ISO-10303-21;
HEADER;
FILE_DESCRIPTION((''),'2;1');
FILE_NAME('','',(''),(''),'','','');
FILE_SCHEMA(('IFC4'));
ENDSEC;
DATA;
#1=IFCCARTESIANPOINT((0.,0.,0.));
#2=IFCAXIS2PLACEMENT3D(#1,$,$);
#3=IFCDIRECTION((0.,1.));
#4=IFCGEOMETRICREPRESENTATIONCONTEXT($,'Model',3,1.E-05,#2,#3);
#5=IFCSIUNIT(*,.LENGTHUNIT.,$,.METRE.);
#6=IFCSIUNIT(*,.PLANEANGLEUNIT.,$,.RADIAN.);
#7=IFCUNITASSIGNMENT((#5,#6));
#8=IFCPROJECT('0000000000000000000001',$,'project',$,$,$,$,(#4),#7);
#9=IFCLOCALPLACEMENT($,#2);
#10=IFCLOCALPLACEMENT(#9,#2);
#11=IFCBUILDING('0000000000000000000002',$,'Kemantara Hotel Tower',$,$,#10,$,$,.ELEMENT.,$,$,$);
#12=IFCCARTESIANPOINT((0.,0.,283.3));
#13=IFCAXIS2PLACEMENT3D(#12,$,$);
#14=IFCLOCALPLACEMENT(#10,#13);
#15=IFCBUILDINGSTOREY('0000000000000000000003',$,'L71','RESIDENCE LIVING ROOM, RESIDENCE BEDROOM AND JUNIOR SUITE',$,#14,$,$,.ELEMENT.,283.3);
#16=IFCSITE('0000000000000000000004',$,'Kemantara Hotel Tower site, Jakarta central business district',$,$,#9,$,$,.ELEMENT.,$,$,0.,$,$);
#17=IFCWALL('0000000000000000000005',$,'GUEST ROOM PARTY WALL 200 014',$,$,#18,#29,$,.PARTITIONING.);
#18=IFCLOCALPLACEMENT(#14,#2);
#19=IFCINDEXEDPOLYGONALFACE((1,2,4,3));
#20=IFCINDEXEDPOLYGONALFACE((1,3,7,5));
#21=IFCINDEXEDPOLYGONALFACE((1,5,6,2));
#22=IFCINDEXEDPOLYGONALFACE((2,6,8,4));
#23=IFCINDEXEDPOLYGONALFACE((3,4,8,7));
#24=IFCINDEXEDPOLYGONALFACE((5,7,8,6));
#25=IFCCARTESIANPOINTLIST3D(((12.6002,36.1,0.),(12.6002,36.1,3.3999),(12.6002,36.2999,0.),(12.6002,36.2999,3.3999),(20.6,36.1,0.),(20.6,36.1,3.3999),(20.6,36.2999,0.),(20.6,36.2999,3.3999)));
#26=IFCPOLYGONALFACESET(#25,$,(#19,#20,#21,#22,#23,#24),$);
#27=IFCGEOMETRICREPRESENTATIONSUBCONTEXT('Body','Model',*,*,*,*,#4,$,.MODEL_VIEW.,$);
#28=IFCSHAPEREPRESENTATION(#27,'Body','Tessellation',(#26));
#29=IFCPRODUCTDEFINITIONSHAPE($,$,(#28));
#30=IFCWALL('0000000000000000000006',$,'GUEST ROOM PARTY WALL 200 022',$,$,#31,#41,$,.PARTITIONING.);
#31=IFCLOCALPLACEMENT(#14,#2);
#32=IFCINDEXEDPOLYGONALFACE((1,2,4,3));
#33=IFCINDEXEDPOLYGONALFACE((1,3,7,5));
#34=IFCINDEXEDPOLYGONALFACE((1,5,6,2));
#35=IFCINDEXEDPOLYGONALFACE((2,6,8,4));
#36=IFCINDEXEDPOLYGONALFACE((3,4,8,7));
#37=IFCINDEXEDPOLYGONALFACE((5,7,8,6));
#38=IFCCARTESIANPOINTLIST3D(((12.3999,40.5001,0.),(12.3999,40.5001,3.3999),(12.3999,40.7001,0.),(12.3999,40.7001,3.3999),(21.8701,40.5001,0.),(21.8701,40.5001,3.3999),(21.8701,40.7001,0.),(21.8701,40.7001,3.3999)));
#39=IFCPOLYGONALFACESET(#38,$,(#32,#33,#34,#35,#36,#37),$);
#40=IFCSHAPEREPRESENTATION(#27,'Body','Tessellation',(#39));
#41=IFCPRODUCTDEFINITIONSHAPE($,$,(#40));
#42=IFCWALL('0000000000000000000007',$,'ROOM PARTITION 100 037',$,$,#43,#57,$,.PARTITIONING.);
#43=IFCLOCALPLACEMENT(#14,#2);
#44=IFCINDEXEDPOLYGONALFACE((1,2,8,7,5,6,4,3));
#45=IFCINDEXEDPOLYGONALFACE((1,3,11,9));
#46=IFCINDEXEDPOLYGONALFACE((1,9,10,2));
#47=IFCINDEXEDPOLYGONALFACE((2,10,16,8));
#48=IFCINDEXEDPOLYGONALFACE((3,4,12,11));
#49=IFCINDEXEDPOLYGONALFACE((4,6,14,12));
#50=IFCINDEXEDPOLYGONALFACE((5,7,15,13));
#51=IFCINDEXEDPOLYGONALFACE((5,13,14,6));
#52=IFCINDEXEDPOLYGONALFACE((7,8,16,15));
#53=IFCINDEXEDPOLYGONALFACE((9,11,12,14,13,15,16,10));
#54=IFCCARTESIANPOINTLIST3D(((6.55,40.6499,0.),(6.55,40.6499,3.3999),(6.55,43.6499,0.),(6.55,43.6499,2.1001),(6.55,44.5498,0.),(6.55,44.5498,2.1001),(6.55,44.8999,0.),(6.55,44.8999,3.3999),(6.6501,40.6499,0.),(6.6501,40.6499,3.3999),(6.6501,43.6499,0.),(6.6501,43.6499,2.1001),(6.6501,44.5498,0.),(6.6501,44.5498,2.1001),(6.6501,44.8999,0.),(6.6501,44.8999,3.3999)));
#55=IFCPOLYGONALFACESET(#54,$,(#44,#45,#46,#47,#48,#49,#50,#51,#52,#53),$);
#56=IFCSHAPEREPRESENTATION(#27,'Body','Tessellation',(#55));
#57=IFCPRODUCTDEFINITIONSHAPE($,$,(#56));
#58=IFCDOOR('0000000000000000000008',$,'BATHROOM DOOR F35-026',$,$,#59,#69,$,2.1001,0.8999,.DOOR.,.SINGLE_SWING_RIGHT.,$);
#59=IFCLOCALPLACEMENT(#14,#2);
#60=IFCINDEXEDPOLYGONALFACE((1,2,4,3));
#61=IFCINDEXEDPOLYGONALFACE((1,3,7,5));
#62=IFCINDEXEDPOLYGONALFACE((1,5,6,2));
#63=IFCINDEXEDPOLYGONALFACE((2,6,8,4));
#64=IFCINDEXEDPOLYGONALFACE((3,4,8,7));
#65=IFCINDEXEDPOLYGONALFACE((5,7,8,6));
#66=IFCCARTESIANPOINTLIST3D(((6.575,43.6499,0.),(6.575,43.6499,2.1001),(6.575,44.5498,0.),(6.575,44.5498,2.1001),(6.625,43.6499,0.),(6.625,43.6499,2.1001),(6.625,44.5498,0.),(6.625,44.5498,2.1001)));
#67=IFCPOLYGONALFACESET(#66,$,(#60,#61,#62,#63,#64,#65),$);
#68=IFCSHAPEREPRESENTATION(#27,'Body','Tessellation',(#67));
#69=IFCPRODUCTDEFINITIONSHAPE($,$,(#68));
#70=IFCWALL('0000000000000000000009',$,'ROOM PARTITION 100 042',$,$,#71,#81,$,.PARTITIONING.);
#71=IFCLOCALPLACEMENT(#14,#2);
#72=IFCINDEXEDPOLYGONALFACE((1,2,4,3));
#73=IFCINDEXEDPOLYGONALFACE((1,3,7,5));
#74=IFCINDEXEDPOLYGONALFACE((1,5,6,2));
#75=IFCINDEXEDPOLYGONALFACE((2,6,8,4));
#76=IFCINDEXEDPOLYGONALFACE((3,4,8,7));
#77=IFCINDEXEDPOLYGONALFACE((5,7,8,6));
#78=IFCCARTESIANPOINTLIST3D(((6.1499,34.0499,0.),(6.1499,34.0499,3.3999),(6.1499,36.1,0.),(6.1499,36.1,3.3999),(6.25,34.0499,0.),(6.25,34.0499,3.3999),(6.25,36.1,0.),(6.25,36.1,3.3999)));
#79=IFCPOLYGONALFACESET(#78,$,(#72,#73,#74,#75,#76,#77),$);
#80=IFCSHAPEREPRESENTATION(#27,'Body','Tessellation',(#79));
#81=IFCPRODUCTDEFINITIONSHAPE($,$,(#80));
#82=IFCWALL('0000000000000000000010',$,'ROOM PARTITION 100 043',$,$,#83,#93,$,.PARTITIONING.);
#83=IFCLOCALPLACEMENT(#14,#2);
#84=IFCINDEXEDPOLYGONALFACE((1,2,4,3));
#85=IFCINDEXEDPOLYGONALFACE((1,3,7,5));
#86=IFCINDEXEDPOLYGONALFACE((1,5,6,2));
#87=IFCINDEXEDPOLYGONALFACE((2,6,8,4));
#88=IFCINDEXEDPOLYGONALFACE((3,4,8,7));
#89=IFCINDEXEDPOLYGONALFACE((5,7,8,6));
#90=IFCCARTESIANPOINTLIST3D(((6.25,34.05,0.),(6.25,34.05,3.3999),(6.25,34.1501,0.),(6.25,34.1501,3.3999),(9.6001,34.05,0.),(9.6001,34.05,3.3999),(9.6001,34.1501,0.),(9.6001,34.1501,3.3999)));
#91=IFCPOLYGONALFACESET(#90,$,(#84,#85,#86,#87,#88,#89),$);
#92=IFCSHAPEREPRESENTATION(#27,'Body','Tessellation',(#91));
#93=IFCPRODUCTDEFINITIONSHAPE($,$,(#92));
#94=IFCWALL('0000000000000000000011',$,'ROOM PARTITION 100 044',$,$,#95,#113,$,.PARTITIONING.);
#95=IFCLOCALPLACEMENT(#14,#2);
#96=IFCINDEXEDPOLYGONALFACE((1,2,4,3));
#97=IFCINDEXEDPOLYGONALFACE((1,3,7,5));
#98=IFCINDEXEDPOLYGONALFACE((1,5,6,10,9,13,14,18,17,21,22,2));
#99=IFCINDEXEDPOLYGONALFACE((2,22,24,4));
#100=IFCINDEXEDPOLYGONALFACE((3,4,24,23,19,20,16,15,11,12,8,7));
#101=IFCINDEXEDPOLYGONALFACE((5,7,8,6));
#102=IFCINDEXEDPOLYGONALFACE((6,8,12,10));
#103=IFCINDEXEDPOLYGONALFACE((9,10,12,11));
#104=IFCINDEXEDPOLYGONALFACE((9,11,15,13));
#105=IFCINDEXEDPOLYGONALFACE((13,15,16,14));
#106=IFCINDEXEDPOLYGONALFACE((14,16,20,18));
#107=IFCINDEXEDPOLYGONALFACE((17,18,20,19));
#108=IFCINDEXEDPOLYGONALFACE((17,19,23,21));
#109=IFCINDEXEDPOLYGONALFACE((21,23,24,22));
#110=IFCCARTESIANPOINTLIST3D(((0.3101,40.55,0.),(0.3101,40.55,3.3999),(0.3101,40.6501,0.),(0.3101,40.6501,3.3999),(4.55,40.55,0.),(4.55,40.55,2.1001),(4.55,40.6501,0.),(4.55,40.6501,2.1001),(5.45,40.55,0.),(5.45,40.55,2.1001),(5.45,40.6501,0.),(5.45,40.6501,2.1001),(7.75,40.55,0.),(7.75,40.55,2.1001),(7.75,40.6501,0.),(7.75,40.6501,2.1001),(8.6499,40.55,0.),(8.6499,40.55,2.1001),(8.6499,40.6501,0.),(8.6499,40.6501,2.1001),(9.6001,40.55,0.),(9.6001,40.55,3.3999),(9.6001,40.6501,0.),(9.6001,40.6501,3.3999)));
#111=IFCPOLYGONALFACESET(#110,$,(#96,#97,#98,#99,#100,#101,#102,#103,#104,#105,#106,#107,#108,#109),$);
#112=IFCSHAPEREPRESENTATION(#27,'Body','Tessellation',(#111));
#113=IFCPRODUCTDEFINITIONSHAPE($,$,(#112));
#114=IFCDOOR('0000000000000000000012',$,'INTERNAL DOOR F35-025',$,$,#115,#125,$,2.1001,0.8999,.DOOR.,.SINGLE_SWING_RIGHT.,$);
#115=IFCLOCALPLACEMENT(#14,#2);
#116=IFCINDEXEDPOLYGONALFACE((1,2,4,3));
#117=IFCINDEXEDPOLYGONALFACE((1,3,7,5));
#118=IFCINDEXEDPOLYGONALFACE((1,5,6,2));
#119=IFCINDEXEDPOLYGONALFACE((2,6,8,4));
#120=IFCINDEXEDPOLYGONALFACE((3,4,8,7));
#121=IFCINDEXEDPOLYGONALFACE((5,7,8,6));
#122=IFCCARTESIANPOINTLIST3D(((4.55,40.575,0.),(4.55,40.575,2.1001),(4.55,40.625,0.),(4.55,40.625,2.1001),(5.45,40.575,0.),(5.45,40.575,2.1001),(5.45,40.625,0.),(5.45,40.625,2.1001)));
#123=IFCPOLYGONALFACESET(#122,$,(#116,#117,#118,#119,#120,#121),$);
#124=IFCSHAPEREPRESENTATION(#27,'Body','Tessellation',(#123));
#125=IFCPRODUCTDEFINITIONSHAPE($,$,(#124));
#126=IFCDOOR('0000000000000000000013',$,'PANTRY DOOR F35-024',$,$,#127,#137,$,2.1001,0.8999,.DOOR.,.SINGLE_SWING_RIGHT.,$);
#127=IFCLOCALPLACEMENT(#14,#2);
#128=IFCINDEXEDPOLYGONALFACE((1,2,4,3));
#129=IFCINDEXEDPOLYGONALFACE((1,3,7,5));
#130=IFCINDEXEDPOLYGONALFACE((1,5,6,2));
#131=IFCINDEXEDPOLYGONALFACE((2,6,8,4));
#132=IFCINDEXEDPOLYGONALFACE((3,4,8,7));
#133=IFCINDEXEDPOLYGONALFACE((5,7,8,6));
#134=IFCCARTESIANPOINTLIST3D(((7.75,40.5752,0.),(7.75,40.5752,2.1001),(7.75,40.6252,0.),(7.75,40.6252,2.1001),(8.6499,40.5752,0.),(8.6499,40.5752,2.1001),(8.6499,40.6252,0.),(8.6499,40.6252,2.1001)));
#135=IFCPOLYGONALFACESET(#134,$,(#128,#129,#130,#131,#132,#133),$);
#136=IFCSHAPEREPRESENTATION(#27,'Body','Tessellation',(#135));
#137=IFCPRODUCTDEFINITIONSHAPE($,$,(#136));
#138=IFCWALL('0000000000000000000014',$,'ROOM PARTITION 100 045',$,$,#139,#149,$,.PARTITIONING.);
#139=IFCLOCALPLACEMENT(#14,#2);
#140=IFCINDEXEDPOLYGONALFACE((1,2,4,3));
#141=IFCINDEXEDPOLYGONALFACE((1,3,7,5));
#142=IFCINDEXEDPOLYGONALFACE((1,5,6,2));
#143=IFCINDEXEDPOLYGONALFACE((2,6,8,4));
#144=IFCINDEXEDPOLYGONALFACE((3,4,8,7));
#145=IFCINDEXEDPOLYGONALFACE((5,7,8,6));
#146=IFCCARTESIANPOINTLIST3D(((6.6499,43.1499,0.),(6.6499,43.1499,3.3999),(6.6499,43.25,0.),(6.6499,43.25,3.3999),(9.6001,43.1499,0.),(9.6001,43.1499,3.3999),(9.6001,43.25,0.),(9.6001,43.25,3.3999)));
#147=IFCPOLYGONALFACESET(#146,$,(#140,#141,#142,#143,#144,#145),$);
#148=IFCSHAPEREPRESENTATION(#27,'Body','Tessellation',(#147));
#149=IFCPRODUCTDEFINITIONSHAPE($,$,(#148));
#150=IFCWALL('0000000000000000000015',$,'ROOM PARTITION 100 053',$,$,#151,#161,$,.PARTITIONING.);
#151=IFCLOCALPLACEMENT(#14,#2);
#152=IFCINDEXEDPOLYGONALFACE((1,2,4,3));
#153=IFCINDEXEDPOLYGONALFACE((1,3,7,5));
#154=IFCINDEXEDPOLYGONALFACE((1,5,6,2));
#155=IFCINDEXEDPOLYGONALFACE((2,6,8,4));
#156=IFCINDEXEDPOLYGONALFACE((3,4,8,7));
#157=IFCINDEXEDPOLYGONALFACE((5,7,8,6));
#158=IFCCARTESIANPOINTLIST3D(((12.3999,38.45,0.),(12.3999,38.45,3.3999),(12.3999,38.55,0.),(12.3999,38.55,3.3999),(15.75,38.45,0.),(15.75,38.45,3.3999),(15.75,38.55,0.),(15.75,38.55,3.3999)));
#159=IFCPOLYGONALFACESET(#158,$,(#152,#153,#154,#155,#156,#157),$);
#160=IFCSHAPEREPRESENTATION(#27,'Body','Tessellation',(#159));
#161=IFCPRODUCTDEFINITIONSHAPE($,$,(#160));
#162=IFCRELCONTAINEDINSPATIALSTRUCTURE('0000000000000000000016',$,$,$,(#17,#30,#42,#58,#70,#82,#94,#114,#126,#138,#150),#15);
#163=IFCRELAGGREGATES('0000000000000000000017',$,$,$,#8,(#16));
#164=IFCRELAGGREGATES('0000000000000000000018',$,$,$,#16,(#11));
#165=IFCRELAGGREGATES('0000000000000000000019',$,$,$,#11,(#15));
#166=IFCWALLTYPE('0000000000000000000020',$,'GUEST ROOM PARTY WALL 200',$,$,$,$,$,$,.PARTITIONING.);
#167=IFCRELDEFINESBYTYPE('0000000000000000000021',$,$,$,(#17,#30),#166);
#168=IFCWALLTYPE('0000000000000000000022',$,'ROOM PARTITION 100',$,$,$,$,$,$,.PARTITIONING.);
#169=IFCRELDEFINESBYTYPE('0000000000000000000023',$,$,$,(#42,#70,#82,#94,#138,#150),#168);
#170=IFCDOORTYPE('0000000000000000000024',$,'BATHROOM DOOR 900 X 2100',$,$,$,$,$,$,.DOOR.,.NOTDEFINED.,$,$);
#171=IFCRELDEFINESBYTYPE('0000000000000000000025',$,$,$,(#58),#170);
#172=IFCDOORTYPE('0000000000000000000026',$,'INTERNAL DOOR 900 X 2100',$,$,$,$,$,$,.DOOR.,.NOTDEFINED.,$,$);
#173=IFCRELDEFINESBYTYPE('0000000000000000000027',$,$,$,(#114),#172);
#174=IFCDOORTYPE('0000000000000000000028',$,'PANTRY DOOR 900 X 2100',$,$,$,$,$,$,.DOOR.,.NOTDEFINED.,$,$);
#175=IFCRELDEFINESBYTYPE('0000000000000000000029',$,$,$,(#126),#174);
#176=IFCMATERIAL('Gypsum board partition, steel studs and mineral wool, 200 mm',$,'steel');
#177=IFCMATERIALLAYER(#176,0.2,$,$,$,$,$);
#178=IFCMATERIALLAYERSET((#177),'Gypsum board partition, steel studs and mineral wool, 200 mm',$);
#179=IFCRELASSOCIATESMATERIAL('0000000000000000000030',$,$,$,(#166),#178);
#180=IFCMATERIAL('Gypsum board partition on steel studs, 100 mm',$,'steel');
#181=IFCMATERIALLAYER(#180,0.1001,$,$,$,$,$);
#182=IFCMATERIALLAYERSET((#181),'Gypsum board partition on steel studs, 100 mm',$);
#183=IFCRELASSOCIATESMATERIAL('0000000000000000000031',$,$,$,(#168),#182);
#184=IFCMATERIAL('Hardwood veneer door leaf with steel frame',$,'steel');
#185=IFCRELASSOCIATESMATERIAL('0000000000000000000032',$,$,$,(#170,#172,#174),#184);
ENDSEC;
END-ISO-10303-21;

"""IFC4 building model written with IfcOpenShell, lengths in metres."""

from ifc_helpers import new_model, si_unit, direction, frame, frame_2d, origin, place, context, subcontext, project, spatial, rectangle, extrude, material, layer, layer_set, type_object, element, fill, save


model = new_model("IFC4")

# Units and contexts
model_context = context("Model", 3, precision=1e-05, world=origin(), true_north=direction((0.0, 1.0)))
body_context = subcontext(model_context, "Body", "Model", "MODEL_VIEW")
ifc_project = project(units=[si_unit("LENGTHUNIT", "METRE"), si_unit("PLANEANGLEUNIT", "RADIAN")], contexts=[model_context])

# Site, building, storey
site_placement = place(None, origin())
site = spatial("IfcSite", under=ifc_project, at=site_placement, Name="Kemantara Hotel Tower site, Jakarta central business district", CompositionType="ELEMENT", RefElevation=0.0)
building_placement = place(site_placement, origin())
building = spatial("IfcBuilding", under=site, at=building_placement, Name="Kemantara Hotel Tower", CompositionType="ELEMENT")
storey_placement = place(building_placement, frame((0.0, 0.0, 283.3)))
storey = spatial("IfcBuildingStorey", under=building, at=storey_placement, Name="L71", Description="RESIDENCE LIVING ROOM, RESIDENCE BEDROOM AND JUNIOR SUITE", CompositionType="ELEMENT", Elevation=283.3)

# Shared definitions
ifc_material_1 = material(Name="Gypsum board partition, steel studs and mineral wool, 200 mm", Category="steel")
ifc_material_2 = material(Name="Hardwood veneer door leaf with steel frame", Category="steel")

# Walls
ifc_layer_1 = layer(ifc_material_1, 0.2)
ifc_layer_set_1 = layer_set([ifc_layer_1], Name="Gypsum board partition, steel studs and mineral wool, 200 mm")
wall_type_1 = type_object("IfcWallType", Name="GUEST ROOM PARTY WALL 200", PredefinedType="PARTITIONING", material=ifc_layer_set_1)
wall_1_placement = place(storey_placement, frame((12.6001, 36.2, 0.0), z_axis=(0.0, 0.0, 1.0), x_axis=(1.0, 0.0, 0.0)))
element("IfcWall", 1, at=wall_1_placement, inside=storey, type_object=wall_type_1, Name="GUEST ROOM PARTY WALL 200 014", PredefinedType="PARTITIONING", context=body_context, shape_type="SweptSolid", body=[
    extrude(rectangle(XDim=7.9998, YDim=0.2, at=frame_2d((4.0, 0.0))), origin(), (0.0, 0.0, 1.0), 3.3999),
])
wall_2_placement = place(storey_placement, frame((12.3999, 40.6001, 0.0), z_axis=(0.0, 0.0, 1.0), x_axis=(1.0, 0.0, 0.0)))
element("IfcWall", 2, at=wall_2_placement, inside=storey, type_object=wall_type_1, Name="GUEST ROOM PARTY WALL 200 022", PredefinedType="PARTITIONING", context=body_context, shape_type="SweptSolid", body=[
    extrude(rectangle(XDim=9.4702, YDim=0.2, at=frame_2d((4.7351, 0.0))), origin(), (0.0, 0.0, 1.0), 3.3999),
])

# Wall, opening, door
ifc_material_3 = material(Name="Gypsum board partition on steel studs, 100 mm", Category="steel")
ifc_layer_2 = layer(ifc_material_3, 0.1001)
ifc_layer_set_2 = layer_set([ifc_layer_2], Name="Gypsum board partition on steel studs, 100 mm")
wall_type_2 = type_object("IfcWallType", Name="ROOM PARTITION 100", PredefinedType="PARTITIONING", material=ifc_layer_set_2)
wall_3_placement = place(storey_placement, frame((6.6001, 44.8999, 0.0), z_axis=(0.0, 0.0, 1.0), x_axis=(0.0, -1.0, 0.0)))
wall_3 = element("IfcWall", 3, at=wall_3_placement, inside=storey, type_object=wall_type_2, Name="ROOM PARTITION 100 037", PredefinedType="PARTITIONING", context=body_context, shape_type="SweptSolid", body=[
    extrude(rectangle(XDim=4.25, YDim=0.1001, at=frame_2d((2.125, 0.0))), origin(), (0.0, 0.0, 1.0), 3.3999),
])
opening_1_placement = place(wall_3_placement, frame((0.3501, 0.0, 0.0)))
opening_1 = element("IfcOpeningElement", 4, at=opening_1_placement, cuts=wall_3, PredefinedType="OPENING", context=body_context, shape_type="SweptSolid", body=[
    extrude(rectangle(XDim=0.8999, YDim=2.1001, at=frame_2d((0.45, 1.05))), frame((0.0, 0.0601, 0.0), z_axis=(0.0, -1.0, 0.0), x_axis=(1.0, 0.0, 0.0)), (0.0, 0.0, 1.0), 0.1201),
])
door_type_1 = type_object("IfcDoorType", Name="BATHROOM DOOR 900 X 2100", OperationType="NOTDEFINED", PredefinedType="DOOR", material=ifc_material_2)
door_1_placement = place(opening_1_placement, origin())
door_1 = element("IfcDoor", 5, at=door_1_placement, inside=storey, type_object=door_type_1, Name="BATHROOM DOOR F35-026", OperationType="SINGLE_SWING_RIGHT", OverallHeight=2.1001, OverallWidth=0.8999, PredefinedType="DOOR", context=body_context, shape_type="SweptSolid", body=[
    extrude(rectangle(XDim=0.8999, YDim=2.1001, at=frame_2d((0.45, 1.05))), frame((0.0, 0.0249, 0.0), z_axis=(0.0, -1.0, 0.0), x_axis=(1.0, 0.0, 0.0)), (0.0, 0.0, 1.0), 0.05),
])
fill(opening_1, door_1)

# Walls
wall_4_placement = place(storey_placement, frame((6.2, 34.05, 0.0), z_axis=(0.0, 0.0, 1.0), x_axis=(0.0, 1.0, 0.0)))
element("IfcWall", 6, at=wall_4_placement, inside=storey, type_object=wall_type_2, Name="ROOM PARTITION 100 042", PredefinedType="PARTITIONING", context=body_context, shape_type="SweptSolid", body=[
    extrude(rectangle(XDim=2.05, YDim=0.1001, at=frame_2d((1.0249, 0.0))), origin(), (0.0, 0.0, 1.0), 3.3999),
])
wall_5_placement = place(storey_placement, frame((6.25, 34.1001, 0.0), z_axis=(0.0, 0.0, 1.0), x_axis=(1.0, 0.0, 0.0)))
element("IfcWall", 7, at=wall_5_placement, inside=storey, type_object=wall_type_2, Name="ROOM PARTITION 100 043", PredefinedType="PARTITIONING", context=body_context, shape_type="SweptSolid", body=[
    extrude(rectangle(XDim=3.3501, YDim=0.1001, at=frame_2d((1.675, 0.0))), origin(), (0.0, 0.0, 1.0), 3.3999),
])

# Wall, openings, doors
wall_6_placement = place(storey_placement, frame((0.3101, 40.6001, 0.0), z_axis=(0.0, 0.0, 1.0), x_axis=(1.0, 0.0, 0.0)))
wall_6 = element("IfcWall", 8, at=wall_6_placement, inside=storey, type_object=wall_type_2, Name="ROOM PARTITION 100 044", PredefinedType="PARTITIONING", context=body_context, shape_type="SweptSolid", body=[
    extrude(rectangle(XDim=9.29, YDim=0.1001, at=frame_2d((4.645, 0.0))), origin(), (0.0, 0.0, 1.0), 3.3999),
])
opening_2_placement = place(wall_6_placement, frame((7.4399, 0.0, 0.0)))
opening_2 = element("IfcOpeningElement", 9, at=opening_2_placement, cuts=wall_6, PredefinedType="OPENING", context=body_context, shape_type="SweptSolid", body=[
    extrude(rectangle(XDim=0.8999, YDim=2.1001, at=frame_2d((0.45, 1.05))), frame((0.0, 0.0601, 0.0), z_axis=(0.0, -1.0, 0.0), x_axis=(1.0, 0.0, 0.0)), (0.0, 0.0, 1.0), 0.1201),
])
opening_3_placement = place(wall_6_placement, frame((4.24, 0.0, 0.0)))
opening_3 = element("IfcOpeningElement", 10, at=opening_3_placement, cuts=wall_6, PredefinedType="OPENING", context=body_context, shape_type="SweptSolid", body=[
    extrude(rectangle(XDim=0.8999, YDim=2.1001, at=frame_2d((0.45, 1.05))), frame((0.0, 0.0601, 0.0), z_axis=(0.0, -1.0, 0.0), x_axis=(1.0, 0.0, 0.0)), (0.0, 0.0, 1.0), 0.1201),
])
door_type_2 = type_object("IfcDoorType", Name="INTERNAL DOOR 900 X 2100", OperationType="NOTDEFINED", PredefinedType="DOOR", material=ifc_material_2)
door_2_placement = place(opening_3_placement, origin())
door_2 = element("IfcDoor", 11, at=door_2_placement, inside=storey, type_object=door_type_2, Name="INTERNAL DOOR F35-025", OperationType="SINGLE_SWING_RIGHT", OverallHeight=2.1001, OverallWidth=0.8999, PredefinedType="DOOR", context=body_context, shape_type="SweptSolid", body=[
    extrude(rectangle(XDim=0.8999, YDim=2.1001, at=frame_2d((0.45, 1.05))), frame((0.0, 0.0249, 0.0), z_axis=(0.0, -1.0, 0.0), x_axis=(1.0, 0.0, 0.0)), (0.0, 0.0, 1.0), 0.05),
])
fill(opening_3, door_2)
door_type_3 = type_object("IfcDoorType", Name="PANTRY DOOR 900 X 2100", OperationType="NOTDEFINED", PredefinedType="DOOR", material=ifc_material_2)
door_3_placement = place(opening_2_placement, frame((0.8999, 0.0, 0.0), z_axis=(0.0, 0.0, 1.0), x_axis=(-1.0, 0.0, 0.0)))
door_3 = element("IfcDoor", 12, at=door_3_placement, inside=storey, type_object=door_type_3, Name="PANTRY DOOR F35-024", OperationType="SINGLE_SWING_RIGHT", OverallHeight=2.1001, OverallWidth=0.8999, PredefinedType="DOOR", context=body_context, shape_type="SweptSolid", body=[
    extrude(rectangle(XDim=0.8999, YDim=2.1001, at=frame_2d((0.45, 1.05))), frame((0.0, 0.0249, 0.0), z_axis=(0.0, -1.0, 0.0), x_axis=(1.0, 0.0, 0.0)), (0.0, 0.0, 1.0), 0.05),
])
fill(opening_2, door_3)

# Walls
wall_7_placement = place(storey_placement, frame((6.6499, 43.2, 0.0), z_axis=(0.0, 0.0, 1.0), x_axis=(1.0, 0.0, 0.0)))
element("IfcWall", 13, at=wall_7_placement, inside=storey, type_object=wall_type_2, Name="ROOM PARTITION 100 045", PredefinedType="PARTITIONING", context=body_context, shape_type="SweptSolid", body=[
    extrude(rectangle(XDim=2.9502, YDim=0.1001, at=frame_2d((1.4751, 0.0))), origin(), (0.0, 0.0, 1.0), 3.3999),
])
wall_8_placement = place(storey_placement, frame((12.3999, 38.5, 0.0), z_axis=(0.0, 0.0, 1.0), x_axis=(1.0, 0.0, 0.0)))
element("IfcWall", 14, at=wall_8_placement, inside=storey, type_object=wall_type_2, Name="ROOM PARTITION 100 053", PredefinedType="PARTITIONING", context=body_context, shape_type="SweptSolid", body=[
    extrude(rectangle(XDim=3.3501, YDim=0.1001, at=frame_2d((1.675, 0.0))), origin(), (0.0, 0.0, 1.0), 3.3999),
])

save(model, "model.ifc")
